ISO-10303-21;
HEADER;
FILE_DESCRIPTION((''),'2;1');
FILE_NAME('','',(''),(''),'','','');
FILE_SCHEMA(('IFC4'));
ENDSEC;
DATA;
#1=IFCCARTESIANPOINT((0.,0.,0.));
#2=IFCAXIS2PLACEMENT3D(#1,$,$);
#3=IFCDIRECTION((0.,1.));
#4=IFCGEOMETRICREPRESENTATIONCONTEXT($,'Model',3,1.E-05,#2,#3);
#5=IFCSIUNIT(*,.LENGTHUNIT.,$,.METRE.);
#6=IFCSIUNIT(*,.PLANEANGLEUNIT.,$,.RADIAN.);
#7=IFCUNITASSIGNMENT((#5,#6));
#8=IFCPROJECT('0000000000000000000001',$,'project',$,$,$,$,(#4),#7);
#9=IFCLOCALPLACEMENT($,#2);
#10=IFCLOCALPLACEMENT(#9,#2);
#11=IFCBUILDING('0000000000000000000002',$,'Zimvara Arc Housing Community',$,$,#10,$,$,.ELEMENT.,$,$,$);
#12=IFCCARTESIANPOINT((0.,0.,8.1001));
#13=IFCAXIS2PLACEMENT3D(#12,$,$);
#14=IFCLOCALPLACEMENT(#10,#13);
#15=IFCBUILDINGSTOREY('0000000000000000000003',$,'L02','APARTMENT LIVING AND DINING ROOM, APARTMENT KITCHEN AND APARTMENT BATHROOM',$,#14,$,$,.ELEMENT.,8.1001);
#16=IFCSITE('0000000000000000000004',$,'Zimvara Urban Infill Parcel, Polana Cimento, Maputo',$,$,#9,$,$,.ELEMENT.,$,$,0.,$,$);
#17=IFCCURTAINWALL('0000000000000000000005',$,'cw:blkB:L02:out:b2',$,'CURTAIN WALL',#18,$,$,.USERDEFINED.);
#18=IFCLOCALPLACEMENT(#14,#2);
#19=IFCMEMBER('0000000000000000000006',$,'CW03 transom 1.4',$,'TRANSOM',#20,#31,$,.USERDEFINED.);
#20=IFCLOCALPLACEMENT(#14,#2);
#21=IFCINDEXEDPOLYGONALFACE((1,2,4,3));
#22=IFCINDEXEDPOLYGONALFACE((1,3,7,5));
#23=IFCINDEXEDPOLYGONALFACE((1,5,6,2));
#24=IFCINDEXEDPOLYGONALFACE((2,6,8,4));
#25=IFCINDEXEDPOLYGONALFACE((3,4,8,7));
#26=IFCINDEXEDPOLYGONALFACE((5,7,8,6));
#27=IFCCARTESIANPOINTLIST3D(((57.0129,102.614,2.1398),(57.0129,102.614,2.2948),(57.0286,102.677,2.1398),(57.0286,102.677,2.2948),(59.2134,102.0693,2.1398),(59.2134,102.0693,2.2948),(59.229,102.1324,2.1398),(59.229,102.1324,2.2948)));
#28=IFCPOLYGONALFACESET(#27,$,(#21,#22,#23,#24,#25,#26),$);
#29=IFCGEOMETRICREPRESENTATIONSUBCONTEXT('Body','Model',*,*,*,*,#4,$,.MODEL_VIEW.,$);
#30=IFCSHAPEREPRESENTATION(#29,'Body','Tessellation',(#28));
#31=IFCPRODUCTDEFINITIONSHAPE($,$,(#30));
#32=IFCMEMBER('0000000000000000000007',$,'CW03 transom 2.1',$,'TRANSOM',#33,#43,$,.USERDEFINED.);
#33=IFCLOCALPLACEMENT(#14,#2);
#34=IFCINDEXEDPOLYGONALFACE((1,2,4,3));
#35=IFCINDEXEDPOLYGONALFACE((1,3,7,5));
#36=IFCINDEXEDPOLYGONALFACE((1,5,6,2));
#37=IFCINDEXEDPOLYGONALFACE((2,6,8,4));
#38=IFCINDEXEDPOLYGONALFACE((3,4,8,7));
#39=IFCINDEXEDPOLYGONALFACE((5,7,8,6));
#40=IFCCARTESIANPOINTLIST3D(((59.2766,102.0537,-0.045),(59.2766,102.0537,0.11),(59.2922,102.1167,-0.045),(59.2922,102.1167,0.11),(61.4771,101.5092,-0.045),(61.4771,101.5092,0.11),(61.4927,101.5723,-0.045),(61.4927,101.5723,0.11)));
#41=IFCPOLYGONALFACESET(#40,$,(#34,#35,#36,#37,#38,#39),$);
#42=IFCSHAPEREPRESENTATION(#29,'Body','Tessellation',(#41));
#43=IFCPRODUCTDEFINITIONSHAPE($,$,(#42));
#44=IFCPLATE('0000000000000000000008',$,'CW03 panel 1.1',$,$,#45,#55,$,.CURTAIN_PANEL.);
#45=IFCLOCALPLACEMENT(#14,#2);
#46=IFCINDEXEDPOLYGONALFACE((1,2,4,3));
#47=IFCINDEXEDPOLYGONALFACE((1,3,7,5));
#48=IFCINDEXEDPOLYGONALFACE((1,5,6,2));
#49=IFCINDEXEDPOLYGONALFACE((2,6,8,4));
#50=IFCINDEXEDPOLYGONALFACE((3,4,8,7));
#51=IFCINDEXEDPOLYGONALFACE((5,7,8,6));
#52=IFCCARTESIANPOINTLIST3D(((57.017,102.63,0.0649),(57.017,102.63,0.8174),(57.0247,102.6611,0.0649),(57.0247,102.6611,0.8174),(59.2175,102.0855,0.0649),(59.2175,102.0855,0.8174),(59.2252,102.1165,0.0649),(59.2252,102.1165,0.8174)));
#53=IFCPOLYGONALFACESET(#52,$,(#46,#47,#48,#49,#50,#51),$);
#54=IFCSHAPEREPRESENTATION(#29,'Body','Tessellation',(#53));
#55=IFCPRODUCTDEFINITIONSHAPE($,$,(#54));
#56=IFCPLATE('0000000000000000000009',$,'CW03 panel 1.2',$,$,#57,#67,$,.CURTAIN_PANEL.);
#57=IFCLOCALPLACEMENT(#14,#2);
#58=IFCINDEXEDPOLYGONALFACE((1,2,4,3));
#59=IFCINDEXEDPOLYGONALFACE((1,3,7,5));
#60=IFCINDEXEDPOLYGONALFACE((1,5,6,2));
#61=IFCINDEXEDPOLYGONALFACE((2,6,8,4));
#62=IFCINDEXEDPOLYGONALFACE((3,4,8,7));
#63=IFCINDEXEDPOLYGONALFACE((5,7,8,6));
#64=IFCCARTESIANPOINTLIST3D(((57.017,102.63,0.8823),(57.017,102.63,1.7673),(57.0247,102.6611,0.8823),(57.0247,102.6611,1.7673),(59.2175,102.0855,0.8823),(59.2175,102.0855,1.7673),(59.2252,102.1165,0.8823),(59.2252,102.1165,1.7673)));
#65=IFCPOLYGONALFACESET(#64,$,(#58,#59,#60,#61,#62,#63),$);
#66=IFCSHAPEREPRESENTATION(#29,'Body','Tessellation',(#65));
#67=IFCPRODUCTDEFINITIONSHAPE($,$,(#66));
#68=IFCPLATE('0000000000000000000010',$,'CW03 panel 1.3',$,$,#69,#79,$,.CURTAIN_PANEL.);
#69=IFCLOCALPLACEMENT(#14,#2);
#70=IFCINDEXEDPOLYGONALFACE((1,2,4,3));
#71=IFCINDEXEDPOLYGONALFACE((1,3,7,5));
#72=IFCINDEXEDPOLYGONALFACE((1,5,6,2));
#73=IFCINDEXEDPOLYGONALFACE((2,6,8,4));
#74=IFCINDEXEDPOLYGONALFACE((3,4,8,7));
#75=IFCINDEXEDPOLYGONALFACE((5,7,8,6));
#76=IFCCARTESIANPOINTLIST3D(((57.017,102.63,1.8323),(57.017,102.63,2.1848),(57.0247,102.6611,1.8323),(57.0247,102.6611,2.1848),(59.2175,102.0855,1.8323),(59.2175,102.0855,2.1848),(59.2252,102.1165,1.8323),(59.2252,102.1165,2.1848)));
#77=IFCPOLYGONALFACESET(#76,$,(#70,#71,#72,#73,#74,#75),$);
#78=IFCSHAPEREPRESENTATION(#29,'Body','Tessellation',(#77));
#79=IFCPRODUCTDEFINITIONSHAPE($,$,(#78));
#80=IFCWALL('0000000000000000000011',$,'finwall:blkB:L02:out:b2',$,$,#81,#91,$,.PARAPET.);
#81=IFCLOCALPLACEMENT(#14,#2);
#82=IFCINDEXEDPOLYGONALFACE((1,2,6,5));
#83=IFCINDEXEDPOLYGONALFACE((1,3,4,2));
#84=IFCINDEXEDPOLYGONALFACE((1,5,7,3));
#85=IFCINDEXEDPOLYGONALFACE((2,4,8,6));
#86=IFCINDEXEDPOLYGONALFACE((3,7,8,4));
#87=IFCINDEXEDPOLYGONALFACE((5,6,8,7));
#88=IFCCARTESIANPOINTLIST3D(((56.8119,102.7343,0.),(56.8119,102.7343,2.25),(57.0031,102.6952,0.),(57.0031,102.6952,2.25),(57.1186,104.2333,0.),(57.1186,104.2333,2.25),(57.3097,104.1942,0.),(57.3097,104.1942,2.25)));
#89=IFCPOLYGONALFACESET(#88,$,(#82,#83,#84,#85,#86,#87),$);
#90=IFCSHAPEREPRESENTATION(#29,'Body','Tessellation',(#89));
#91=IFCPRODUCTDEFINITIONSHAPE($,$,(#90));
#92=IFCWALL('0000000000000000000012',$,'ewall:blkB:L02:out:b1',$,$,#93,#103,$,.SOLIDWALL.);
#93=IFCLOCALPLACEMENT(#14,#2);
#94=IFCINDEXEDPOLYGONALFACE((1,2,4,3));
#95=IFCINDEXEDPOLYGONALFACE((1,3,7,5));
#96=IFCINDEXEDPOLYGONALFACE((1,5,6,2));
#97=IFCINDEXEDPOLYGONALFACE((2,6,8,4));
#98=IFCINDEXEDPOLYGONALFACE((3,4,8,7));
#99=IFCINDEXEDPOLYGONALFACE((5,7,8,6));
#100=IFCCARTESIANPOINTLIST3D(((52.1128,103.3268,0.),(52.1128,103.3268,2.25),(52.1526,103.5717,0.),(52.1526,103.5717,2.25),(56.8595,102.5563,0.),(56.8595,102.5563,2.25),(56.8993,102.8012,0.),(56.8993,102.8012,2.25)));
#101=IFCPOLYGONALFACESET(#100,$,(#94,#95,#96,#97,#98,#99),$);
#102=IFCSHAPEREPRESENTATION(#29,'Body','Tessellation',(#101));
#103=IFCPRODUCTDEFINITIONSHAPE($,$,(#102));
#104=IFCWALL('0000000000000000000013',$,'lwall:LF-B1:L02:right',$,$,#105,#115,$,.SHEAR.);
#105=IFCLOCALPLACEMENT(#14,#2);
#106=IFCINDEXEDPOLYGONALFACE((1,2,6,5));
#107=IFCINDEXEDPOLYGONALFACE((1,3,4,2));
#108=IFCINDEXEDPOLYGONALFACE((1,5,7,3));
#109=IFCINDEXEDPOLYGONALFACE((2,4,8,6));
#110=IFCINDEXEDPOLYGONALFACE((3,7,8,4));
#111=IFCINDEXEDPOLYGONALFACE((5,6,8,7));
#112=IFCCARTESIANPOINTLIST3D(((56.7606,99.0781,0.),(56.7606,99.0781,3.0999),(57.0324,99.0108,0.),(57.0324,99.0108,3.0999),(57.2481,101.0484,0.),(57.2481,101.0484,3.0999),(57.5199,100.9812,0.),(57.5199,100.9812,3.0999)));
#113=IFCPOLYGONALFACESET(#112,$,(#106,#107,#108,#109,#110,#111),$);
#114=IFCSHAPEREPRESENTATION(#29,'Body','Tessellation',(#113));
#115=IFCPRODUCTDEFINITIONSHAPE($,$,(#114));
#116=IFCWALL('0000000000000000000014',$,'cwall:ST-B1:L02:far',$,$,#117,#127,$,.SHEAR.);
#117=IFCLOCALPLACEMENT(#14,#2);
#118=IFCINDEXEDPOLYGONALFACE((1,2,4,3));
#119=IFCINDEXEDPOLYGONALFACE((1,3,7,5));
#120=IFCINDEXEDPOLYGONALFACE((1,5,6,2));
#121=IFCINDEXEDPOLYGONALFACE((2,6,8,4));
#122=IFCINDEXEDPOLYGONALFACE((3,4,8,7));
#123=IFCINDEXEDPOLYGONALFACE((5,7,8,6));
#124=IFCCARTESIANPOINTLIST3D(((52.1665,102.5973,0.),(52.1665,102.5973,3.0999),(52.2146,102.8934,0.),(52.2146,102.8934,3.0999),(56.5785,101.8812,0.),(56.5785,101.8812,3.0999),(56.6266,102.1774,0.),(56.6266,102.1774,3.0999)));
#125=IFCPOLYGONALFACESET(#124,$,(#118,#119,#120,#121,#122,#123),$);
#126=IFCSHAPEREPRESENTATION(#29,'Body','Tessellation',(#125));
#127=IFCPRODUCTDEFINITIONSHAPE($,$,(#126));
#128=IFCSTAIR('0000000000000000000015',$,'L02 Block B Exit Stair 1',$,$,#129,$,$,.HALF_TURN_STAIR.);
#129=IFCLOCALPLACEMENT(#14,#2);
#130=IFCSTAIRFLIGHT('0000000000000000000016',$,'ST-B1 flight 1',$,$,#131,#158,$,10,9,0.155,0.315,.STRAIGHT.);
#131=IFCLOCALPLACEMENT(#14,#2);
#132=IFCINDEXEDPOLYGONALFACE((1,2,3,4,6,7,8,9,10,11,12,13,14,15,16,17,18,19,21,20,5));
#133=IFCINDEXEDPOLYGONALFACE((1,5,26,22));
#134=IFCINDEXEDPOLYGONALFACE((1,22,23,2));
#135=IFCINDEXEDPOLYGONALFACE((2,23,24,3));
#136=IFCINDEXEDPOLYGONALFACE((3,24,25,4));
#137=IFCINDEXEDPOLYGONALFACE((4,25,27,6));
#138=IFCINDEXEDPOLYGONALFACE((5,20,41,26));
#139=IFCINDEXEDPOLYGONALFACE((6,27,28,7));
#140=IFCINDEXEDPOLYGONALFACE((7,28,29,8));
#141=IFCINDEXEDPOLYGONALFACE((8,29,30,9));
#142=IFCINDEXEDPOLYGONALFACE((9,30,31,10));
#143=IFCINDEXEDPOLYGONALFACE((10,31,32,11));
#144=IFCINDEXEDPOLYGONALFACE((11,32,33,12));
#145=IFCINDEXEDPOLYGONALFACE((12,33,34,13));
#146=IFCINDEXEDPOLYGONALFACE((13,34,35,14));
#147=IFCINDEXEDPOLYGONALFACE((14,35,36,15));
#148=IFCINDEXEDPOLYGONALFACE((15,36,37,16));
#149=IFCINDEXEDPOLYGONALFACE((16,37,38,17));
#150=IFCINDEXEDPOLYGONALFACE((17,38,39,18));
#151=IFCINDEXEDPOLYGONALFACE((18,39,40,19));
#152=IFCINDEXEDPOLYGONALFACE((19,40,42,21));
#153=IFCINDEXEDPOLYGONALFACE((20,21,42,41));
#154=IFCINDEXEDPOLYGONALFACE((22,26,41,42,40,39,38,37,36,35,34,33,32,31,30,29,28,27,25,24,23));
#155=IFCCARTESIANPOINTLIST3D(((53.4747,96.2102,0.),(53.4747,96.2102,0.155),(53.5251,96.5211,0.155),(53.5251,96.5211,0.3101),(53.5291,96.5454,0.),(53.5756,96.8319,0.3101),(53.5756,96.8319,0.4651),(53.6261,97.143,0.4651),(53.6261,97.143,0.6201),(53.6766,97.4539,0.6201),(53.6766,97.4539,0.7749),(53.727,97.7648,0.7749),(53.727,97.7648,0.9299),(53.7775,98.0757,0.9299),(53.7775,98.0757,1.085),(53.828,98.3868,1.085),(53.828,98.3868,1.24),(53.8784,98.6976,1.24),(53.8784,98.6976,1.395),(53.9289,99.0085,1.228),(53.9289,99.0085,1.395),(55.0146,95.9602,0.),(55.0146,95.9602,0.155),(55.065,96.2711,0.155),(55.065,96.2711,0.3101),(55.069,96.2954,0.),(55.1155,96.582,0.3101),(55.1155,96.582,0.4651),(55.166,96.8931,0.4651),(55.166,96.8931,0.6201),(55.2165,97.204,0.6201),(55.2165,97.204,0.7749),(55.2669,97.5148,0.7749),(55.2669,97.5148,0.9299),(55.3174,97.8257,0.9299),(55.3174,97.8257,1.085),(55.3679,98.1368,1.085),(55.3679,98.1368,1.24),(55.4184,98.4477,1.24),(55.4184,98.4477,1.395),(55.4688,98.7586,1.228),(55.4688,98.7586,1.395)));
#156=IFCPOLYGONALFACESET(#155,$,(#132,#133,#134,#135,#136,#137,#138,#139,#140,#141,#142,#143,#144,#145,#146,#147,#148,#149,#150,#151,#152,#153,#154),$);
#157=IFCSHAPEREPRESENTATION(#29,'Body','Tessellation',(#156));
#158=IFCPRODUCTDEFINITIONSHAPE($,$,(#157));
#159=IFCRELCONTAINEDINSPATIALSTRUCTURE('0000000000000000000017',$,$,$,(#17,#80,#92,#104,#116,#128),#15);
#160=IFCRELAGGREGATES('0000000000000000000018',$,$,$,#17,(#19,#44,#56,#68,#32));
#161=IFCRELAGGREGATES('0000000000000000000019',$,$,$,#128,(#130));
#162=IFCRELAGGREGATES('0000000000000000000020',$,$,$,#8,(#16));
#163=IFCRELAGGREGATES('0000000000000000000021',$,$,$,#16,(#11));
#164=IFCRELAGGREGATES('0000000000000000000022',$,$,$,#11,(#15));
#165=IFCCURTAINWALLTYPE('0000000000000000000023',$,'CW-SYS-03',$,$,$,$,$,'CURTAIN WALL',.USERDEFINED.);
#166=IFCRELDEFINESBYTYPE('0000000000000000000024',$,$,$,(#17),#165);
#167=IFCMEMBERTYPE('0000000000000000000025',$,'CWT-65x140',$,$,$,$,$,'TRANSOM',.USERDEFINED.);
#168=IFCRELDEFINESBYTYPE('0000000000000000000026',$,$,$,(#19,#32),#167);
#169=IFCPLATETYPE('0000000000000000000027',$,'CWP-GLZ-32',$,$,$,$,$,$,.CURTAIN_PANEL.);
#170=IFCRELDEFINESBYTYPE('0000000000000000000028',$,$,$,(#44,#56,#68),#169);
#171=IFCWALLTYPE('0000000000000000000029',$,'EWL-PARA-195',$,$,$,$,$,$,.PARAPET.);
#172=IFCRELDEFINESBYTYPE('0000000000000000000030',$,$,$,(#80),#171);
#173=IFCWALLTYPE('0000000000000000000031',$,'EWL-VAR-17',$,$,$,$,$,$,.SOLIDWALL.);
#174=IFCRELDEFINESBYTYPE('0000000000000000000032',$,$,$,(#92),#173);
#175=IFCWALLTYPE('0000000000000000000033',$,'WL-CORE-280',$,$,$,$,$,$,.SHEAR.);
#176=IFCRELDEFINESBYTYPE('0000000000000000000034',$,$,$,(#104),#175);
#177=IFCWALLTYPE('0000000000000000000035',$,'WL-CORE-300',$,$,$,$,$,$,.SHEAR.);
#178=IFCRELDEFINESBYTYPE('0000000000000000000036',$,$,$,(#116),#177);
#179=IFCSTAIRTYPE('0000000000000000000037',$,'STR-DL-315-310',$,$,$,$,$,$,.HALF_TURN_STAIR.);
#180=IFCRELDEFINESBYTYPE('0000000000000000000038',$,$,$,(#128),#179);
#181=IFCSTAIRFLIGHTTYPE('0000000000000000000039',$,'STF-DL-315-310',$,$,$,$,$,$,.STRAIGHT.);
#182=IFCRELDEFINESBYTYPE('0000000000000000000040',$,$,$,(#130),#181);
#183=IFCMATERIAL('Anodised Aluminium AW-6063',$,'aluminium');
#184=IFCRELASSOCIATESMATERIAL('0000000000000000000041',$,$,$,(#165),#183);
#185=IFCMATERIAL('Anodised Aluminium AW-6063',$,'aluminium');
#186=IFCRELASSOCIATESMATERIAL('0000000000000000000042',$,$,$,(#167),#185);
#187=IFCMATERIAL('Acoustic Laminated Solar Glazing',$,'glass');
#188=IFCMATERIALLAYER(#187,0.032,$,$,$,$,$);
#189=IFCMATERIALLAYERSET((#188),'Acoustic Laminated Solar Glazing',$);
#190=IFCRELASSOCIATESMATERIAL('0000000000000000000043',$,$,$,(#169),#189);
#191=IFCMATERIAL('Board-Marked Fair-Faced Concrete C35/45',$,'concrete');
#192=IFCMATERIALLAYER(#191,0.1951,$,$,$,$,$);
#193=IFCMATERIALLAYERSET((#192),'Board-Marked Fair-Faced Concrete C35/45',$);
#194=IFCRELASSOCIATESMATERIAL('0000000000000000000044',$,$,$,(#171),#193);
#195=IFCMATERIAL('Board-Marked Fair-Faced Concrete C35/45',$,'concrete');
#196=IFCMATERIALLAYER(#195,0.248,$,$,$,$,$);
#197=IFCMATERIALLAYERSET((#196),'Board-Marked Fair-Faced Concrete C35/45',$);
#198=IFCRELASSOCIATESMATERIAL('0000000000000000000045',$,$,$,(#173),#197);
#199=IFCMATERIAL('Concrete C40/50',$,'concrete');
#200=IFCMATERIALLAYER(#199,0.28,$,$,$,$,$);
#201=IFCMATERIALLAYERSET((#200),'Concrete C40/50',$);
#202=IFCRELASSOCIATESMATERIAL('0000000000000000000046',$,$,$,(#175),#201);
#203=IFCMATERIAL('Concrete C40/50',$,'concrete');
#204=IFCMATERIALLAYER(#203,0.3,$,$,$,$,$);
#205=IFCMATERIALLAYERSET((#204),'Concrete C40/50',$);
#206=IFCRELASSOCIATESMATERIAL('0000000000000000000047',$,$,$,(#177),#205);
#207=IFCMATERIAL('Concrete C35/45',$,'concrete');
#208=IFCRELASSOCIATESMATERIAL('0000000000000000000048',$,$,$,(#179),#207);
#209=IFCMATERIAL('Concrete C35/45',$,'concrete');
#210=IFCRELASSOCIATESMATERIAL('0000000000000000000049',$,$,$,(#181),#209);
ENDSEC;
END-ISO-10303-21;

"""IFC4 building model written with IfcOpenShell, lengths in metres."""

from ifc_helpers import new_model, si_unit, direction, frame, frame_2d, origin, origin_2d, place, context, subcontext, project, spatial, polyline, rectangle, outline, extrude, material, layer, layer_set, material_profile, profile_set, type_object, element, aggregate, save


model = new_model("IFC4")

# Units and contexts
model_context = context("Model", 3, precision=1e-05, world=origin(), true_north=direction((0.0, 1.0)))
body_context = subcontext(model_context, "Body", "Model", "MODEL_VIEW")
ifc_project = project(units=[si_unit("LENGTHUNIT", "METRE"), si_unit("PLANEANGLEUNIT", "RADIAN")], contexts=[model_context])

# Site, building, storey
site_placement = place(None, origin())
site = spatial("IfcSite", under=ifc_project, at=site_placement, Name="Zimvara Urban Infill Parcel, Polana Cimento, Maputo", CompositionType="ELEMENT", RefElevation=0.0)
building_placement = place(site_placement, origin())
building = spatial("IfcBuilding", under=site, at=building_placement, Name="Zimvara Arc Housing Community", CompositionType="ELEMENT")
storey_placement = place(building_placement, frame((0.0, 0.0, 8.1001)))
storey = spatial("IfcBuildingStorey", under=building, at=storey_placement, Name="L02", Description="APARTMENT LIVING AND DINING ROOM, APARTMENT KITCHEN AND APARTMENT BATHROOM", CompositionType="ELEMENT", Elevation=8.1001)

# Curtain wall, members, plates
ifc_material_1 = material(Name="Anodised Aluminium AW-6063", Category="aluminium")
curtain_wall_type = type_object("IfcCurtainWallType", Name="CW-SYS-03", ElementType="CURTAIN WALL", PredefinedType="USERDEFINED", material=ifc_material_1)
curtain_wall_placement = place(storey_placement, origin())
curtain_wall = element("IfcCurtainWall", 1, at=curtain_wall_placement, inside=storey, type_object=curtain_wall_type, Name="cw:blkB:L02:out:b2", ObjectType="CURTAIN WALL", PredefinedType="USERDEFINED")
ifc_material_2 = material(Name="Anodised Aluminium AW-6063", Category="aluminium")
ifc_material_profile_1 = material_profile(ifc_material_2, rectangle(XDim=0.0649, YDim=0.155, at=origin_2d()), Name="ALU 65x155")
ifc_profile_set_1 = profile_set([ifc_material_profile_1], Name="Anodised Aluminium AW-6063")
member_type_1 = type_object("IfcMemberType", Name="CWT-65x140", ElementType="TRANSOM", PredefinedType="USERDEFINED", material=ifc_profile_set_1)
member_1_placement = place(storey_placement, frame((57.0208, 102.6455, 2.2173), z_axis=(0.970704, -0.24028, 0.0), x_axis=(0.24028, 0.970704, 0.0)))
member_1 = element("IfcMember", 2, at=member_1_placement, type_object=member_type_1, Name="CW03 transom 1.4", ObjectType="TRANSOM", PredefinedType="USERDEFINED", context=body_context, shape_type="SweptSolid", body=[
    extrude(rectangle(XDim=0.0649, YDim=0.155, at=origin_2d()), origin(), (0.0, 0.0, 1.0), 2.2668),
])
member_2_placement = place(storey_placement, frame((59.2844, 102.0852, 0.0325), z_axis=(0.970729, -0.240178, 0.0), x_axis=(0.240178, 0.970729, 0.0)))
member_2 = element("IfcMember", 3, at=member_2_placement, type_object=member_type_1, Name="CW03 transom 2.1", ObjectType="TRANSOM", PredefinedType="USERDEFINED", context=body_context, shape_type="SweptSolid", body=[
    extrude(rectangle(XDim=0.0649, YDim=0.155, at=origin_2d()), origin(), (0.0, 0.0, 1.0), 2.2668),
])
ifc_material_3 = material(Name="Acoustic Laminated Solar Glazing", Category="glass")
ifc_layer_1 = layer(ifc_material_3, 0.032)
ifc_layer_set_1 = layer_set([ifc_layer_1], Name="Acoustic Laminated Solar Glazing")
plate_type = type_object("IfcPlateType", Name="CWP-GLZ-32", PredefinedType="CURTAIN_PANEL", material=ifc_layer_set_1)
plate_1_placement = place(storey_placement, frame((58.1211, 102.3733, 0.0649), z_axis=(0.0, 0.0, 1.0), x_axis=(0.970716, -0.24023, 0.0)))
plate_1 = element("IfcPlate", 4, at=plate_1_placement, type_object=plate_type, Name="CW03 panel 1.1", PredefinedType="CURTAIN_PANEL", context=body_context, shape_type="SweptSolid", body=[
    extrude(rectangle(XDim=2.2668, YDim=0.032, at=origin_2d()), origin(), (0.0, 0.0, 1.0), 0.7524),
])
plate_2_placement = place(storey_placement, frame((58.1211, 102.3733, 0.8823), z_axis=(0.0, 0.0, 1.0), x_axis=(0.970716, -0.24023, 0.0)))
plate_2 = element("IfcPlate", 5, at=plate_2_placement, type_object=plate_type, Name="CW03 panel 1.2", PredefinedType="CURTAIN_PANEL", context=body_context, shape_type="SweptSolid", body=[
    extrude(rectangle(XDim=2.2668, YDim=0.032, at=origin_2d()), origin(), (0.0, 0.0, 1.0), 0.885),
])
plate_3_placement = place(storey_placement, frame((58.1211, 102.3733, 1.8323), z_axis=(0.0, 0.0, 1.0), x_axis=(0.970716, -0.24023, 0.0)))
plate_3 = element("IfcPlate", 6, at=plate_3_placement, type_object=plate_type, Name="CW03 panel 1.3", PredefinedType="CURTAIN_PANEL", context=body_context, shape_type="SweptSolid", body=[
    extrude(rectangle(XDim=2.2668, YDim=0.032, at=origin_2d()), origin(), (0.0, 0.0, 1.0), 0.3525),
])
aggregate(curtain_wall, [member_1, plate_1, plate_2, plate_3, member_2])

# Walls
ifc_material_4 = material(Name="Board-Marked Fair-Faced Concrete C35/45", Category="concrete")
ifc_layer_2 = layer(ifc_material_4, 0.1951)
ifc_layer_set_2 = layer_set([ifc_layer_2], Name="Board-Marked Fair-Faced Concrete C35/45")
wall_type_1 = type_object("IfcWallType", Name="EWL-PARA-195", PredefinedType="PARAPET", material=ifc_layer_set_2)
wall_1_placement = place(storey_placement, frame((56.9075, 102.7146, 0.0), z_axis=(0.0, 0.0, 1.0), x_axis=(0.20041, 0.979712, 0.0)))
element("IfcWall", 7, at=wall_1_placement, inside=storey, type_object=wall_type_1, Name="finwall:blkB:L02:out:b2", PredefinedType="PARAPET", context=body_context, shape_type="SweptSolid", body=[
    extrude(rectangle(XDim=1.53, YDim=0.1951, at=frame_2d((0.7651, 0.0))), origin(), (0.0, 0.0, 1.0), 2.25),
])
ifc_material_5 = material(Name="Board-Marked Fair-Faced Concrete C35/45", Category="concrete")
ifc_layer_3 = layer(ifc_material_5, 0.248)
ifc_layer_set_3 = layer_set([ifc_layer_3], Name="Board-Marked Fair-Faced Concrete C35/45")
wall_type_2 = type_object("IfcWallType", Name="EWL-VAR-17", PredefinedType="SOLIDWALL", material=ifc_layer_set_3)
wall_2_placement = place(storey_placement, frame((52.1328, 103.4492, 0.0), z_axis=(0.0, 0.0, 1.0), x_axis=(0.987081, -0.160224, 0.0)))
element("IfcWall", 8, at=wall_2_placement, inside=storey, type_object=wall_type_2, Name="ewall:blkB:L02:out:b1", PredefinedType="SOLIDWALL", context=body_context, shape_type="SweptSolid", body=[
    extrude(rectangle(XDim=4.8088, YDim=0.248, at=frame_2d((2.4043, 0.0))), origin(), (0.0, 0.0, 1.0), 2.25),
])
ifc_material_6 = material(Name="Concrete C40/50", Category="concrete")
ifc_layer_4 = layer(ifc_material_6, 0.28)
ifc_layer_set_4 = layer_set([ifc_layer_4], Name="Concrete C40/50")
wall_type_3 = type_object("IfcWallType", Name="WL-CORE-280", PredefinedType="SHEAR", material=ifc_layer_set_4)
wall_3_placement = place(storey_placement, frame((56.8965, 99.0444, 0.0), z_axis=(0.0, 0.0, 1.0), x_axis=(0.240186, 0.970727, 0.0)))
element("IfcWall", 9, at=wall_3_placement, inside=storey, type_object=wall_type_3, Name="lwall:LF-B1:L02:right", PredefinedType="SHEAR", context=body_context, shape_type="SweptSolid", body=[
    extrude(rectangle(XDim=2.0298, YDim=0.28, at=frame_2d((1.0149, 0.0))), origin(), (0.0, 0.0, 1.0), 3.0999),
])
ifc_material_7 = material(Name="Concrete C40/50", Category="concrete")
ifc_layer_5 = layer(ifc_material_7, 0.3)
ifc_layer_set_5 = layer_set([ifc_layer_5], Name="Concrete C40/50")
wall_type_4 = type_object("IfcWallType", Name="WL-CORE-300", PredefinedType="SHEAR", material=ifc_layer_set_5)
wall_4_placement = place(storey_placement, frame((56.6025, 102.0293, 0.0), z_axis=(0.0, 0.0, 1.0), x_axis=(-0.987085, 0.160199, 0.0)))
element("IfcWall", 10, at=wall_4_placement, inside=storey, type_object=wall_type_4, Name="cwall:ST-B1:L02:far", PredefinedType="SHEAR", context=body_context, shape_type="SweptSolid", body=[
    extrude(rectangle(XDim=4.4697, YDim=0.3, at=frame_2d((2.2349, 0.0))), origin(), (0.0, 0.0, 1.0), 3.0999),
])

# Stair, stair flight
ifc_material_8 = material(Name="Concrete C35/45", Category="concrete")
stair_type = type_object("IfcStairType", Name="STR-DL-315-310", PredefinedType="HALF_TURN_STAIR", material=ifc_material_8)
stair_placement = place(storey_placement, origin())
stair = element("IfcStair", 11, at=stair_placement, inside=storey, type_object=stair_type, Name="L02 Block B Exit Stair 1", PredefinedType="HALF_TURN_STAIR")
ifc_material_9 = material(Name="Concrete C35/45", Category="concrete")
stair_flight_type = type_object("IfcStairFlightType", Name="STF-DL-315-310", PredefinedType="STRAIGHT", material=ifc_material_9)
stair_flight_1_placement = place(storey_placement, frame((54.2446, 96.0852, 0.0), z_axis=(0.0, 0.0, 1.0), x_axis=(0.160226, 0.98708, 0.0)))
stair_flight_1 = element("IfcStairFlight", 12, at=stair_flight_1_placement, type_object=stair_flight_type, Name="ST-B1 flight 1", NumberOfRisers=10, NumberOfTreads=9, PredefinedType="STRAIGHT", RiserHeight=0.155, TreadLength=0.315, context=body_context, shape_type="SweptSolid", body=[
    extrude(outline(polyline([(0.0, 0.0), (0.0, 0.155), (0.3149, 0.155), (0.3149, 0.3101), (0.6299, 0.3101), (0.6299, 0.4651), (0.9451, 0.4651), (0.9451, 0.6201), (1.26, 0.6201), (1.26, 0.7749), (1.575, 0.7749), (1.575, 0.9299), (1.8899, 0.9299), (1.8899, 1.085), (2.2051, 1.085), (2.2051, 1.24), (2.52, 1.24), (2.52, 1.395), (2.835, 1.395), (2.835, 1.55), (2.835, 1.228), (0.3396, 0.0), (0.0, 0.0)])), frame((0.0, 0.78, 0.0), z_axis=(0.0, -1.0, 0.0), x_axis=(1.0, 0.0, 0.0)), (0.0, 0.0, 1.0), 1.5601),
])
aggregate(stair, [stair_flight_1])

save(model, "model.ifc")
